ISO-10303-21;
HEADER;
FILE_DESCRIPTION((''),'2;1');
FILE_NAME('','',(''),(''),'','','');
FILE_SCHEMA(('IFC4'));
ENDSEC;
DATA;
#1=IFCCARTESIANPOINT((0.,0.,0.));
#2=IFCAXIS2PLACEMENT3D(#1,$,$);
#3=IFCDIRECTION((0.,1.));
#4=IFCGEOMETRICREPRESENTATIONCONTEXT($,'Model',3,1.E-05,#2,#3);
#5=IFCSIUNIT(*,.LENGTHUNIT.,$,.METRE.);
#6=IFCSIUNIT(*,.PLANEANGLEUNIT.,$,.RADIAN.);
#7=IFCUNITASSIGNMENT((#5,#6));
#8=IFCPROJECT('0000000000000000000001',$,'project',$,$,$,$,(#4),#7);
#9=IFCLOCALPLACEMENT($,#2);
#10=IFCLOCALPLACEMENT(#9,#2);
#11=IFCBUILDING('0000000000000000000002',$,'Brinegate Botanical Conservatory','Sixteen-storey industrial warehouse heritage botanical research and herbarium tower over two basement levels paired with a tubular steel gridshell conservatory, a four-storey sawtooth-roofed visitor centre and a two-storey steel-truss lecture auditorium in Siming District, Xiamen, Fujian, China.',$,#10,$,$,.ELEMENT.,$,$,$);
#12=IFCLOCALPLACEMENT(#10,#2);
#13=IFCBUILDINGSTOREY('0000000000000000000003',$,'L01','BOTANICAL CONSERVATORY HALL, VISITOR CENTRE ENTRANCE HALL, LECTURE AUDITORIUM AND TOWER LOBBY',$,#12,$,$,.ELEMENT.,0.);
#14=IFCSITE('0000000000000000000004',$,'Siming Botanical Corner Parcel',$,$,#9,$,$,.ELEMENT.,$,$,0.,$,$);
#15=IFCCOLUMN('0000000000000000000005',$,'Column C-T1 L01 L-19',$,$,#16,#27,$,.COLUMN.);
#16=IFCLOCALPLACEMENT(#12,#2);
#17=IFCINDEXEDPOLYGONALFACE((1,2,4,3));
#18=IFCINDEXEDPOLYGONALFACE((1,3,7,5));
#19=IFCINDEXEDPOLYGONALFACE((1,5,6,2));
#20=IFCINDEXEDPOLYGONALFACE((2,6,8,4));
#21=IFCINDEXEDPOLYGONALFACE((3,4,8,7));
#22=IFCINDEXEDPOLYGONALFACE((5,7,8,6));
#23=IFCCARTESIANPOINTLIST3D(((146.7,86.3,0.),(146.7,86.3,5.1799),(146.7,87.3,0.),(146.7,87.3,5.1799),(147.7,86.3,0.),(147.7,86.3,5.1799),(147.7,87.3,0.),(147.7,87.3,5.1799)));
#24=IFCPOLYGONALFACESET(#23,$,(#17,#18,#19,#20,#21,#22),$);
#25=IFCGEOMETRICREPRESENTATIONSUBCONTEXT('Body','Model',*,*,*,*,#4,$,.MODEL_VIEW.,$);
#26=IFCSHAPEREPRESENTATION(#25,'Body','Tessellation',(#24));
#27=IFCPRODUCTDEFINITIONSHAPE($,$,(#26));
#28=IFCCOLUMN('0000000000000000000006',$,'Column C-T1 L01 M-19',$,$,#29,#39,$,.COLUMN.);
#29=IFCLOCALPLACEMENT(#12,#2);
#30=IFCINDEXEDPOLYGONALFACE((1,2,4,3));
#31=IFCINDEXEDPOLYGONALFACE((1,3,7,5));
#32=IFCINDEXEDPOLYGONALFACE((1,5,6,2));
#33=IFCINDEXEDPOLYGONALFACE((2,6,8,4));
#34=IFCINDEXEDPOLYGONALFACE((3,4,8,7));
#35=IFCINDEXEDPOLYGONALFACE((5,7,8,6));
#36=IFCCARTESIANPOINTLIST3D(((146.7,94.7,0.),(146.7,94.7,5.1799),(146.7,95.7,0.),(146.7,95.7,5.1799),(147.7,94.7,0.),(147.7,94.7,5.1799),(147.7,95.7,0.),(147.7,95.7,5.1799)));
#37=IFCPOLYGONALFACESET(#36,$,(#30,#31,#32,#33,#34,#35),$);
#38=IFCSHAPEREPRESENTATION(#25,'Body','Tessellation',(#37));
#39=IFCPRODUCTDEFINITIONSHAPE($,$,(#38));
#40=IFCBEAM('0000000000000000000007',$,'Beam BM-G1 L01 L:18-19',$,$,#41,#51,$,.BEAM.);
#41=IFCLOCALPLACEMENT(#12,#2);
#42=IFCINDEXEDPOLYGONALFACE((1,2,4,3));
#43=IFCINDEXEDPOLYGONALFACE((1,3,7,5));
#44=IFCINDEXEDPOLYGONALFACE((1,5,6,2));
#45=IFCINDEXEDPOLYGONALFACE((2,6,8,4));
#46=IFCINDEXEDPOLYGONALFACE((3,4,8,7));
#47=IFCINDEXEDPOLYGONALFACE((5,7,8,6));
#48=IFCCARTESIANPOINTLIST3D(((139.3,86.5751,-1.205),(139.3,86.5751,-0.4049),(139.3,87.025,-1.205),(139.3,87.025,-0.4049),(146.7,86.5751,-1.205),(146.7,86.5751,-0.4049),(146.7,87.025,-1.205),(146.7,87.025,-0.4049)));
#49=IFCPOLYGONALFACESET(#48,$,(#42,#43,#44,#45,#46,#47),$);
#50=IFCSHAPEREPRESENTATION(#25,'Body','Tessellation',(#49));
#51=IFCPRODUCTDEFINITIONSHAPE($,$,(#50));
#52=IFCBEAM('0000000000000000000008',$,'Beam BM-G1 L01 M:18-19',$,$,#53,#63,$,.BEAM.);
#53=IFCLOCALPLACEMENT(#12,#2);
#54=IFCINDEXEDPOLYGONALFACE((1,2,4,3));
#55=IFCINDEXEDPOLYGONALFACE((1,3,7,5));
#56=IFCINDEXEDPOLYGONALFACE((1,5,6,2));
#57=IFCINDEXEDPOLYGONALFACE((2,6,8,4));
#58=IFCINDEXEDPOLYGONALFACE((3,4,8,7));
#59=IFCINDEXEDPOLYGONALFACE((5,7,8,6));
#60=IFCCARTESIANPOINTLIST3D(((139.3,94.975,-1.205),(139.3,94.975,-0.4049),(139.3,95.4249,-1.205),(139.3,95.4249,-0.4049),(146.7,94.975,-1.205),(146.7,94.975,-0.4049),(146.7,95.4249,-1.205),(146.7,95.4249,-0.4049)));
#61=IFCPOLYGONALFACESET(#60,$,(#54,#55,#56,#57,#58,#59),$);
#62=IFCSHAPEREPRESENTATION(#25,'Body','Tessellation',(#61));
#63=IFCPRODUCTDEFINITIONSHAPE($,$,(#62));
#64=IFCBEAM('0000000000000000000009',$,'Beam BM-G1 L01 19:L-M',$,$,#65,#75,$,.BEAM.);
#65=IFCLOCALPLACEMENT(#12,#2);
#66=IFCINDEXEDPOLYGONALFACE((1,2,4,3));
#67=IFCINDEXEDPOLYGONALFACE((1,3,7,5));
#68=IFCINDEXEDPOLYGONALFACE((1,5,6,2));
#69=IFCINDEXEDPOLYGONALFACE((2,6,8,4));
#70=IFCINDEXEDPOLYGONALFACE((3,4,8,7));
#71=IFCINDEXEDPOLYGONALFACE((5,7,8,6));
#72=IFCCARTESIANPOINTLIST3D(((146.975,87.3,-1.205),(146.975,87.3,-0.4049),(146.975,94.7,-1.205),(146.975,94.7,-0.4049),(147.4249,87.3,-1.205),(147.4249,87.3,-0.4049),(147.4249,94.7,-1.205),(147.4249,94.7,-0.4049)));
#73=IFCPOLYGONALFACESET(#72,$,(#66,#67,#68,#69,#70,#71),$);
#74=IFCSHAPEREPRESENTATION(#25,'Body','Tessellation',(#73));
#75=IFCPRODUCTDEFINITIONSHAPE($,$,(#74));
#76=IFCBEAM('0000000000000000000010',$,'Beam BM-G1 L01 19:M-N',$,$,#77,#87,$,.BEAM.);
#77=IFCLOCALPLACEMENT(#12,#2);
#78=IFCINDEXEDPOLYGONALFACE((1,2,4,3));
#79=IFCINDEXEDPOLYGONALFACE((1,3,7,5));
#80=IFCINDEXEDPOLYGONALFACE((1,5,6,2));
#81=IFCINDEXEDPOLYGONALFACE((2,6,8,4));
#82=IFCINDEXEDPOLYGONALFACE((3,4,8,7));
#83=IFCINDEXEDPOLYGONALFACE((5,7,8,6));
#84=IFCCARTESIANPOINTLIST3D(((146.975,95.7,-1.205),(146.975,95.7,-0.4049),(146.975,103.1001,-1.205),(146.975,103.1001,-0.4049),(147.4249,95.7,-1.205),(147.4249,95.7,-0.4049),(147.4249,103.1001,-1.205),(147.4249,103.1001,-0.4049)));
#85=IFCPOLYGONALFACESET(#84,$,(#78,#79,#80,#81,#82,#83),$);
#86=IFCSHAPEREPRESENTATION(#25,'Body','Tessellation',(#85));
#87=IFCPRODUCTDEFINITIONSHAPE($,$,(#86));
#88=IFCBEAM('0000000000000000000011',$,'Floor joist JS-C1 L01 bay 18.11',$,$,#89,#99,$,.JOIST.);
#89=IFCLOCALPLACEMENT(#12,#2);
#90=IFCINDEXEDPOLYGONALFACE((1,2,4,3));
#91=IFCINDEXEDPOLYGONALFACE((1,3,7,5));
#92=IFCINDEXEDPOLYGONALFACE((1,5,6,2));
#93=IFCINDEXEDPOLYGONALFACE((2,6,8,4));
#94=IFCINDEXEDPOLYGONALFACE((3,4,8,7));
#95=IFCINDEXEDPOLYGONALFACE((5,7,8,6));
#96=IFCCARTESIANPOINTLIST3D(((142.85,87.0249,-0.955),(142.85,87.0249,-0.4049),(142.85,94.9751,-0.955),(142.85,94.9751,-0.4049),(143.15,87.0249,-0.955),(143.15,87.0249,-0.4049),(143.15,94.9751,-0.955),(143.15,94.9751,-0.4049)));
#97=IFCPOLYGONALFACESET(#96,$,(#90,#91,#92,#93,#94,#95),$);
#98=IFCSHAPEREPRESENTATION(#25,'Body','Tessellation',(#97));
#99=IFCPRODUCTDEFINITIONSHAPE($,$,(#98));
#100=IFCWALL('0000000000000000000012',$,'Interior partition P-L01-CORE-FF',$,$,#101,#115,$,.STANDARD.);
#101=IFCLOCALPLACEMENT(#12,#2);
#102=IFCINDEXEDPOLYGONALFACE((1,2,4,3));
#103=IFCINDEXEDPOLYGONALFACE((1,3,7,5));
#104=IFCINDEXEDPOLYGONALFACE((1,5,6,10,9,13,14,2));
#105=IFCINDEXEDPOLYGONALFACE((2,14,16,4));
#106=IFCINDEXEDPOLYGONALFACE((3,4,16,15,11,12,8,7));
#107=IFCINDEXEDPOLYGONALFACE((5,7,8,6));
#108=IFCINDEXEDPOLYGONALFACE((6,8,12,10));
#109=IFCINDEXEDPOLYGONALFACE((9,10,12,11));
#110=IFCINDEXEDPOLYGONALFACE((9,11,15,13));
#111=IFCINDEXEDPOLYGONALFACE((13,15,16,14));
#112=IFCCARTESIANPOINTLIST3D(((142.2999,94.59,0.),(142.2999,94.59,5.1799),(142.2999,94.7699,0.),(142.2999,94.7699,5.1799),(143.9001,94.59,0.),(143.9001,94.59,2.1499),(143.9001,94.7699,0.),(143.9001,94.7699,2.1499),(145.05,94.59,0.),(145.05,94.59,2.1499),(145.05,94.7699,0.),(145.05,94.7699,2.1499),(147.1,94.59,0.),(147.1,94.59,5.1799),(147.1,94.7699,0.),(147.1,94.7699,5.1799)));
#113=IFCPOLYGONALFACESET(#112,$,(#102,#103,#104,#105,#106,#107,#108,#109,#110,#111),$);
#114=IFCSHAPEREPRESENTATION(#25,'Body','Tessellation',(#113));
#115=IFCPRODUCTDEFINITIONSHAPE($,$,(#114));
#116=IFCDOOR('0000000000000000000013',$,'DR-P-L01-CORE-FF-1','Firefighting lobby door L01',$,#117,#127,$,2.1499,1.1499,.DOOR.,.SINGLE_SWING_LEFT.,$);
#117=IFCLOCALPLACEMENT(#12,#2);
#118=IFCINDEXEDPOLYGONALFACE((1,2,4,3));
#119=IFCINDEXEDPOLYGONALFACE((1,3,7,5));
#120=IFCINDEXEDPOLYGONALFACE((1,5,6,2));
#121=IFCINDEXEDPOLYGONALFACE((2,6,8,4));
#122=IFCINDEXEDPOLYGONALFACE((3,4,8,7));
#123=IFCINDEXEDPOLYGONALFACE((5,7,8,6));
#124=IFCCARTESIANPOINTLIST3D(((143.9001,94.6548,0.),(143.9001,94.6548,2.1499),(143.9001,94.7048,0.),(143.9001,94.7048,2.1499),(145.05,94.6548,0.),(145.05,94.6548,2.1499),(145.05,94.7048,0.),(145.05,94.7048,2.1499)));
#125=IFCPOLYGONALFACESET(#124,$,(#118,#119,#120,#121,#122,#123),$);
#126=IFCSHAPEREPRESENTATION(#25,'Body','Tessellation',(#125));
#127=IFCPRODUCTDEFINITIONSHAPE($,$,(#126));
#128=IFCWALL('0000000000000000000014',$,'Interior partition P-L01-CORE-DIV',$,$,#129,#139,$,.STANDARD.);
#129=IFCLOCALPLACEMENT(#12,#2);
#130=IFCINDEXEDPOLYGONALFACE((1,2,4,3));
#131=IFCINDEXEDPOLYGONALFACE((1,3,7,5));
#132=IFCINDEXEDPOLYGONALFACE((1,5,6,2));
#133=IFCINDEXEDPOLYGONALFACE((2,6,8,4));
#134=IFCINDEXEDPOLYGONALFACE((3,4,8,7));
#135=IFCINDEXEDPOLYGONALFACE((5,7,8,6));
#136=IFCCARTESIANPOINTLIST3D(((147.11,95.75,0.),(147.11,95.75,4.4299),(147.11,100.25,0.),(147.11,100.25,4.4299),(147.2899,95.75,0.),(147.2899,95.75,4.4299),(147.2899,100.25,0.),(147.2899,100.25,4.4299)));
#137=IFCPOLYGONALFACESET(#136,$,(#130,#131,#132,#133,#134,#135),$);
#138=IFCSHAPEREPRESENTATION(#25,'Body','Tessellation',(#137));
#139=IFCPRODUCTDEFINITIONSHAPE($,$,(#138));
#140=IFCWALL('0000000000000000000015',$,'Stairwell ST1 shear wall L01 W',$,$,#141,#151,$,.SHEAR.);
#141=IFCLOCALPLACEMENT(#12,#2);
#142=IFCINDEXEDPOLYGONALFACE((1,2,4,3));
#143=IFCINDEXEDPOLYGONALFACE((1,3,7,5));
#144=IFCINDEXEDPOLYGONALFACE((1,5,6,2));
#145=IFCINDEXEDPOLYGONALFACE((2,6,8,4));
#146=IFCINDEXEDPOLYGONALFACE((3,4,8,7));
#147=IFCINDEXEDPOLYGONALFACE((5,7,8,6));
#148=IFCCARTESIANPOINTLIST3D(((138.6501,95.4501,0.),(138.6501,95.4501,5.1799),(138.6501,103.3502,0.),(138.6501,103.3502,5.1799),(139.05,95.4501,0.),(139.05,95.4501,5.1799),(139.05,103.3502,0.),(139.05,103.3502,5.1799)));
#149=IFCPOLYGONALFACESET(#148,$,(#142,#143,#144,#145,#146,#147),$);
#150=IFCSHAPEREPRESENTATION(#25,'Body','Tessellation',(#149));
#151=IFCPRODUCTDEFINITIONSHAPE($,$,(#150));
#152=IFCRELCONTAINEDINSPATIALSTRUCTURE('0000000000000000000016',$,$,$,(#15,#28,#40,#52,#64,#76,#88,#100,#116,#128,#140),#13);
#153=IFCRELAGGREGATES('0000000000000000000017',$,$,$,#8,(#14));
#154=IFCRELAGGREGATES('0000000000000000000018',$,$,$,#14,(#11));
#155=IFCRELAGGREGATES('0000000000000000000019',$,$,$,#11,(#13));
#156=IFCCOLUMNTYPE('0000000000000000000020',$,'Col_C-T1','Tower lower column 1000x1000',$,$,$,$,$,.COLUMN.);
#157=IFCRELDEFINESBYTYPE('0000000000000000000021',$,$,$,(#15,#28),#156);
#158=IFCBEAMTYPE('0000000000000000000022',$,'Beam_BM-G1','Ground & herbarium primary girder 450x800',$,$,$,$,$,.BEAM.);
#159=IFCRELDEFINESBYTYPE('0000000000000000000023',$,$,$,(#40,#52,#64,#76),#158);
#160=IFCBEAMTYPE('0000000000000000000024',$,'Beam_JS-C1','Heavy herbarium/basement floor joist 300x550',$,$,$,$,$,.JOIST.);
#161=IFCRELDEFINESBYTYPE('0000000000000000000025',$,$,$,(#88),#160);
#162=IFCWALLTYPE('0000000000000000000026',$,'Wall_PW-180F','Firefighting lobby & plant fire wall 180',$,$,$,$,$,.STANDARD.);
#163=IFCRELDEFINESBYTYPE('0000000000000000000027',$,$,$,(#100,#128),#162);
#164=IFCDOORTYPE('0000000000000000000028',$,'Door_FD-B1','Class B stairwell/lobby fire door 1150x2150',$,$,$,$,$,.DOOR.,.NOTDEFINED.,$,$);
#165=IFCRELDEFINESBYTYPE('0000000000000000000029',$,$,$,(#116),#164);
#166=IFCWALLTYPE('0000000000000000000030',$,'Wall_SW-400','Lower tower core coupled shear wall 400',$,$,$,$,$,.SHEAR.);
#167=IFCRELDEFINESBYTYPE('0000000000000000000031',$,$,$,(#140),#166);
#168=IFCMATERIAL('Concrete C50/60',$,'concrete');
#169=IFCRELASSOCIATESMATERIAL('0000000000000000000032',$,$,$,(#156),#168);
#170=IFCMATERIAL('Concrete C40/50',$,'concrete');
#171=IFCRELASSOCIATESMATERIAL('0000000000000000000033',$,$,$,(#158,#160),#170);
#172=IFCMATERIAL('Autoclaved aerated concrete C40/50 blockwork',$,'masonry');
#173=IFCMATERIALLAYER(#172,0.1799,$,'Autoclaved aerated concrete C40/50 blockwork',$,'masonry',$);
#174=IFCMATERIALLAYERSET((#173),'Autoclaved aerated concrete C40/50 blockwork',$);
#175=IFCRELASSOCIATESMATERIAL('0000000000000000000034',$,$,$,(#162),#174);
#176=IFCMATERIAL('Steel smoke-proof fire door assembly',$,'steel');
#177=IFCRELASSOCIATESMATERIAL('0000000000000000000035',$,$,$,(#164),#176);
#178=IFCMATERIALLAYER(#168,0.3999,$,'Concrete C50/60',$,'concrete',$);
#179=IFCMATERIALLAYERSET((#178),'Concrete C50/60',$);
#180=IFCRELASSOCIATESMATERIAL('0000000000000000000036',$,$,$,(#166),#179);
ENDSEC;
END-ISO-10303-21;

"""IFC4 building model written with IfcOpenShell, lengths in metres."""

from ifc_helpers import new_model, si_unit, direction, frame, frame_2d, origin, origin_2d, place, context, subcontext, project, spatial, rectangle, extrude, material, layer, layer_set, material_profile, profile_set, type_object, element, fill, save


model = new_model("IFC4")

# Units and contexts
model_context = context("Model", 3, precision=1e-05, world=origin(), true_north=direction((0.0, 1.0)))
body_context = subcontext(model_context, "Body", "Model", "MODEL_VIEW")
ifc_project = project(units=[si_unit("LENGTHUNIT", "METRE"), si_unit("PLANEANGLEUNIT", "RADIAN")], contexts=[model_context])

# Site, building, storey
site_placement = place(None, origin())
site = spatial("IfcSite", under=ifc_project, at=site_placement, Name="Siming Botanical Corner Parcel", CompositionType="ELEMENT", RefElevation=0.0)
building_placement = place(site_placement, origin())
building = spatial("IfcBuilding", under=site, at=building_placement, Name="Brinegate Botanical Conservatory", Description="Sixteen-storey industrial warehouse heritage botanical research and herbarium tower over two basement levels paired with a tubular steel gridshell conservatory, a four-storey sawtooth-roofed visitor centre and a two-storey steel-truss lecture auditorium in Siming District, Xiamen, Fujian, China.", CompositionType="ELEMENT")
storey_placement = place(building_placement, origin())
storey = spatial("IfcBuildingStorey", under=building, at=storey_placement, Name="L01", Description="BOTANICAL CONSERVATORY HALL, VISITOR CENTRE ENTRANCE HALL, LECTURE AUDITORIUM AND TOWER LOBBY", CompositionType="ELEMENT", Elevation=0.0)

# Columns
ifc_material_1 = material(Name="Concrete C50/60", Category="concrete")
ifc_material_profile_1 = material_profile(ifc_material_1, rectangle(XDim=1.0, YDim=1.0, at=origin_2d()), Name="RC COL 1000x1000")
ifc_profile_set_1 = profile_set([ifc_material_profile_1], Name="Concrete C50/60")
column_type = type_object("IfcColumnType", Name="Col_C-T1", Description="Tower lower column 1000x1000", PredefinedType="COLUMN", material=ifc_profile_set_1)
for number, where, z_axis, x_axis, name in (
    (1, (147.2, 86.8, 0.0), (0.0, 0.0, 1.0), (1.0, 0.0, 0.0), "Column C-T1 L01 L-19"),
    (2, (147.2, 95.2, 0.0), (0.0, 0.0, 1.0), (1.0, 0.0, 0.0), "Column C-T1 L01 M-19"),
):
    element("IfcColumn", number, at=place(storey_placement, frame(where, z_axis=z_axis, x_axis=x_axis)), inside=storey, type_object=column_type, Name=name, PredefinedType="COLUMN", context=body_context, shape_type="SweptSolid", body=[
        extrude(rectangle(XDim=1.0, YDim=1.0, at=origin_2d()), origin(), (0.0, 0.0, 1.0), 5.1799),
    ])

# Beams
ifc_material_2 = material(Name="Concrete C40/50", Category="concrete")
ifc_material_profile_2 = material_profile(ifc_material_2, rectangle(XDim=0.45, YDim=0.8, at=origin_2d()), Name="RC BM 450x800")
ifc_profile_set_2 = profile_set([ifc_material_profile_2], Name="Concrete C40/50")
beam_type_1 = type_object("IfcBeamType", Name="Beam_BM-G1", Description="Ground & herbarium primary girder 450x800", PredefinedType="BEAM", material=ifc_profile_set_2)
for number, where, z_axis, x_axis, name in (
    (3, (139.3, 86.8, -0.8049), (1.0, 0.0, 0.0), (0.0, 1.0, 0.0), "Beam BM-G1 L01 L:18-19"),
    (4, (139.3, 95.2, -0.8049), (1.0, 0.0, 0.0), (0.0, 1.0, 0.0), "Beam BM-G1 L01 M:18-19"),
    (5, (147.2, 87.3, -0.8049), (0.0, 1.0, 0.0), (-1.0, 0.0, 0.0), "Beam BM-G1 L01 19:L-M"),
):
    element("IfcBeam", number, at=place(storey_placement, frame(where, z_axis=z_axis, x_axis=x_axis)), inside=storey, type_object=beam_type_1, Name=name, PredefinedType="BEAM", context=body_context, shape_type="SweptSolid", body=[
        extrude(rectangle(XDim=0.45, YDim=0.8, at=origin_2d()), origin(), (0.0, 0.0, 1.0), 7.3999),
    ])
beam_1_placement = place(storey_placement, frame((147.2, 95.7, -0.8049), z_axis=(0.0, 1.0, 0.0), x_axis=(-1.0, 0.0, 0.0)))
element("IfcBeam", 6, at=beam_1_placement, inside=storey, type_object=beam_type_1, Name="Beam BM-G1 L01 19:M-N", PredefinedType="BEAM", context=body_context, shape_type="SweptSolid", body=[
    extrude(rectangle(XDim=0.45, YDim=0.8, at=origin_2d()), origin(), (0.0, 0.0, 1.0), 7.4001),
])
ifc_material_profile_3 = material_profile(ifc_material_2, rectangle(XDim=0.3, YDim=0.55, at=origin_2d()), Name="RC JST 300x550")
ifc_profile_set_3 = profile_set([ifc_material_profile_3], Name="Concrete C40/50")
beam_type_2 = type_object("IfcBeamType", Name="Beam_JS-C1", Description="Heavy herbarium/basement floor joist 300x550", PredefinedType="JOIST", material=ifc_profile_set_3)
beam_2_placement = place(storey_placement, frame((143.0, 87.0249, -0.6799), z_axis=(0.0, 1.0, 0.0), x_axis=(-1.0, 0.0, 0.0)))
element("IfcBeam", 7, at=beam_2_placement, inside=storey, type_object=beam_type_2, Name="Floor joist JS-C1 L01 bay 18.11", PredefinedType="JOIST", context=body_context, shape_type="SweptSolid", body=[
    extrude(rectangle(XDim=0.3, YDim=0.55, at=origin_2d()), origin(), (0.0, 0.0, 1.0), 7.9502),
])

# Wall, opening, door
ifc_material_3 = material(Name="Autoclaved aerated concrete C40/50 blockwork", Category="masonry")
ifc_layer_1 = layer(ifc_material_3, 0.1799, Name="Autoclaved aerated concrete C40/50 blockwork", Category="masonry")
ifc_layer_set_1 = layer_set([ifc_layer_1], Name="Autoclaved aerated concrete C40/50 blockwork")
wall_type_1 = type_object("IfcWallType", Name="Wall_PW-180F", Description="Firefighting lobby & plant fire wall 180", PredefinedType="STANDARD", material=ifc_layer_set_1)
wall_1_placement = place(storey_placement, frame((142.3, 94.6799, 0.0), z_axis=(0.0, 0.0, 1.0), x_axis=(1.0, 0.0, 0.0)))
wall_1 = element("IfcWall", 8, at=wall_1_placement, inside=storey, type_object=wall_type_1, Name="Interior partition P-L01-CORE-FF", PredefinedType="STANDARD", context=body_context, shape_type="SweptSolid", body=[
    extrude(rectangle(XDim=4.8, YDim=0.1799, at=frame_2d((2.3999, 0.0))), origin(), (0.0, 0.0, 1.0), 5.1799),
])
opening_1_placement = place(wall_1_placement, frame((1.6001, 0.0, 0.0)))
opening_1 = element("IfcOpeningElement", 9, at=opening_1_placement, cuts=wall_1, PredefinedType="OPENING", context=body_context, shape_type="SweptSolid", body=[
    extrude(rectangle(XDim=1.1499, YDim=2.1499, at=frame_2d((0.575, 1.075))), frame((0.0, 0.0999, 0.0), z_axis=(0.0, -1.0, 0.0), x_axis=(1.0, 0.0, 0.0)), (0.0, 0.0, 1.0), 0.2),
])
ifc_material_4 = material(Name="Steel smoke-proof fire door assembly", Category="steel")
door_type = type_object("IfcDoorType", Name="Door_FD-B1", Description="Class B stairwell/lobby fire door 1150x2150", OperationType="NOTDEFINED", PredefinedType="DOOR", material=ifc_material_4)
door_1_placement = place(opening_1_placement, origin())
door_1 = element("IfcDoor", 10, at=door_1_placement, inside=storey, type_object=door_type, Name="DR-P-L01-CORE-FF-1", Description="Firefighting lobby door L01", OperationType="SINGLE_SWING_LEFT", OverallHeight=2.1499, OverallWidth=1.1499, PredefinedType="DOOR", context=body_context, shape_type="SweptSolid", body=[
    extrude(rectangle(XDim=1.1499, YDim=2.1499, at=frame_2d((0.575, 1.075))), frame((0.0, 0.0249, 0.0), z_axis=(0.0, -1.0, 0.0), x_axis=(1.0, 0.0, 0.0)), (0.0, 0.0, 1.0), 0.05),
])
fill(opening_1, door_1)

# Walls
wall_2_placement = place(storey_placement, frame((147.2, 95.75, 0.0), z_axis=(0.0, 0.0, 1.0), x_axis=(0.0, 1.0, 0.0)))
element("IfcWall", 11, at=wall_2_placement, inside=storey, type_object=wall_type_1, Name="Interior partition P-L01-CORE-DIV", PredefinedType="STANDARD", context=body_context, shape_type="SweptSolid", body=[
    extrude(rectangle(XDim=4.5, YDim=0.1799, at=frame_2d((2.25, 0.0))), origin(), (0.0, 0.0, 1.0), 4.4299),
])
ifc_layer_2 = layer(ifc_material_1, 0.3999, Name="Concrete C50/60", Category="concrete")
ifc_layer_set_2 = layer_set([ifc_layer_2], Name="Concrete C50/60")
wall_type_2 = type_object("IfcWallType", Name="Wall_SW-400", Description="Lower tower core coupled shear wall 400", PredefinedType="SHEAR", material=ifc_layer_set_2)
wall_3_placement = place(storey_placement, frame((138.8501, 95.45, 0.0), z_axis=(0.0, 0.0, 1.0), x_axis=(0.0, 1.0, 0.0)))
element("IfcWall", 12, at=wall_3_placement, inside=storey, type_object=wall_type_2, Name="Stairwell ST1 shear wall L01 W", PredefinedType="SHEAR", context=body_context, shape_type="SweptSolid", body=[
    extrude(rectangle(XDim=7.9001, YDim=0.3999, at=frame_2d((3.9502, 0.0))), origin(), (0.0, 0.0, 1.0), 5.1799),
])

save(model, "model.ifc")
